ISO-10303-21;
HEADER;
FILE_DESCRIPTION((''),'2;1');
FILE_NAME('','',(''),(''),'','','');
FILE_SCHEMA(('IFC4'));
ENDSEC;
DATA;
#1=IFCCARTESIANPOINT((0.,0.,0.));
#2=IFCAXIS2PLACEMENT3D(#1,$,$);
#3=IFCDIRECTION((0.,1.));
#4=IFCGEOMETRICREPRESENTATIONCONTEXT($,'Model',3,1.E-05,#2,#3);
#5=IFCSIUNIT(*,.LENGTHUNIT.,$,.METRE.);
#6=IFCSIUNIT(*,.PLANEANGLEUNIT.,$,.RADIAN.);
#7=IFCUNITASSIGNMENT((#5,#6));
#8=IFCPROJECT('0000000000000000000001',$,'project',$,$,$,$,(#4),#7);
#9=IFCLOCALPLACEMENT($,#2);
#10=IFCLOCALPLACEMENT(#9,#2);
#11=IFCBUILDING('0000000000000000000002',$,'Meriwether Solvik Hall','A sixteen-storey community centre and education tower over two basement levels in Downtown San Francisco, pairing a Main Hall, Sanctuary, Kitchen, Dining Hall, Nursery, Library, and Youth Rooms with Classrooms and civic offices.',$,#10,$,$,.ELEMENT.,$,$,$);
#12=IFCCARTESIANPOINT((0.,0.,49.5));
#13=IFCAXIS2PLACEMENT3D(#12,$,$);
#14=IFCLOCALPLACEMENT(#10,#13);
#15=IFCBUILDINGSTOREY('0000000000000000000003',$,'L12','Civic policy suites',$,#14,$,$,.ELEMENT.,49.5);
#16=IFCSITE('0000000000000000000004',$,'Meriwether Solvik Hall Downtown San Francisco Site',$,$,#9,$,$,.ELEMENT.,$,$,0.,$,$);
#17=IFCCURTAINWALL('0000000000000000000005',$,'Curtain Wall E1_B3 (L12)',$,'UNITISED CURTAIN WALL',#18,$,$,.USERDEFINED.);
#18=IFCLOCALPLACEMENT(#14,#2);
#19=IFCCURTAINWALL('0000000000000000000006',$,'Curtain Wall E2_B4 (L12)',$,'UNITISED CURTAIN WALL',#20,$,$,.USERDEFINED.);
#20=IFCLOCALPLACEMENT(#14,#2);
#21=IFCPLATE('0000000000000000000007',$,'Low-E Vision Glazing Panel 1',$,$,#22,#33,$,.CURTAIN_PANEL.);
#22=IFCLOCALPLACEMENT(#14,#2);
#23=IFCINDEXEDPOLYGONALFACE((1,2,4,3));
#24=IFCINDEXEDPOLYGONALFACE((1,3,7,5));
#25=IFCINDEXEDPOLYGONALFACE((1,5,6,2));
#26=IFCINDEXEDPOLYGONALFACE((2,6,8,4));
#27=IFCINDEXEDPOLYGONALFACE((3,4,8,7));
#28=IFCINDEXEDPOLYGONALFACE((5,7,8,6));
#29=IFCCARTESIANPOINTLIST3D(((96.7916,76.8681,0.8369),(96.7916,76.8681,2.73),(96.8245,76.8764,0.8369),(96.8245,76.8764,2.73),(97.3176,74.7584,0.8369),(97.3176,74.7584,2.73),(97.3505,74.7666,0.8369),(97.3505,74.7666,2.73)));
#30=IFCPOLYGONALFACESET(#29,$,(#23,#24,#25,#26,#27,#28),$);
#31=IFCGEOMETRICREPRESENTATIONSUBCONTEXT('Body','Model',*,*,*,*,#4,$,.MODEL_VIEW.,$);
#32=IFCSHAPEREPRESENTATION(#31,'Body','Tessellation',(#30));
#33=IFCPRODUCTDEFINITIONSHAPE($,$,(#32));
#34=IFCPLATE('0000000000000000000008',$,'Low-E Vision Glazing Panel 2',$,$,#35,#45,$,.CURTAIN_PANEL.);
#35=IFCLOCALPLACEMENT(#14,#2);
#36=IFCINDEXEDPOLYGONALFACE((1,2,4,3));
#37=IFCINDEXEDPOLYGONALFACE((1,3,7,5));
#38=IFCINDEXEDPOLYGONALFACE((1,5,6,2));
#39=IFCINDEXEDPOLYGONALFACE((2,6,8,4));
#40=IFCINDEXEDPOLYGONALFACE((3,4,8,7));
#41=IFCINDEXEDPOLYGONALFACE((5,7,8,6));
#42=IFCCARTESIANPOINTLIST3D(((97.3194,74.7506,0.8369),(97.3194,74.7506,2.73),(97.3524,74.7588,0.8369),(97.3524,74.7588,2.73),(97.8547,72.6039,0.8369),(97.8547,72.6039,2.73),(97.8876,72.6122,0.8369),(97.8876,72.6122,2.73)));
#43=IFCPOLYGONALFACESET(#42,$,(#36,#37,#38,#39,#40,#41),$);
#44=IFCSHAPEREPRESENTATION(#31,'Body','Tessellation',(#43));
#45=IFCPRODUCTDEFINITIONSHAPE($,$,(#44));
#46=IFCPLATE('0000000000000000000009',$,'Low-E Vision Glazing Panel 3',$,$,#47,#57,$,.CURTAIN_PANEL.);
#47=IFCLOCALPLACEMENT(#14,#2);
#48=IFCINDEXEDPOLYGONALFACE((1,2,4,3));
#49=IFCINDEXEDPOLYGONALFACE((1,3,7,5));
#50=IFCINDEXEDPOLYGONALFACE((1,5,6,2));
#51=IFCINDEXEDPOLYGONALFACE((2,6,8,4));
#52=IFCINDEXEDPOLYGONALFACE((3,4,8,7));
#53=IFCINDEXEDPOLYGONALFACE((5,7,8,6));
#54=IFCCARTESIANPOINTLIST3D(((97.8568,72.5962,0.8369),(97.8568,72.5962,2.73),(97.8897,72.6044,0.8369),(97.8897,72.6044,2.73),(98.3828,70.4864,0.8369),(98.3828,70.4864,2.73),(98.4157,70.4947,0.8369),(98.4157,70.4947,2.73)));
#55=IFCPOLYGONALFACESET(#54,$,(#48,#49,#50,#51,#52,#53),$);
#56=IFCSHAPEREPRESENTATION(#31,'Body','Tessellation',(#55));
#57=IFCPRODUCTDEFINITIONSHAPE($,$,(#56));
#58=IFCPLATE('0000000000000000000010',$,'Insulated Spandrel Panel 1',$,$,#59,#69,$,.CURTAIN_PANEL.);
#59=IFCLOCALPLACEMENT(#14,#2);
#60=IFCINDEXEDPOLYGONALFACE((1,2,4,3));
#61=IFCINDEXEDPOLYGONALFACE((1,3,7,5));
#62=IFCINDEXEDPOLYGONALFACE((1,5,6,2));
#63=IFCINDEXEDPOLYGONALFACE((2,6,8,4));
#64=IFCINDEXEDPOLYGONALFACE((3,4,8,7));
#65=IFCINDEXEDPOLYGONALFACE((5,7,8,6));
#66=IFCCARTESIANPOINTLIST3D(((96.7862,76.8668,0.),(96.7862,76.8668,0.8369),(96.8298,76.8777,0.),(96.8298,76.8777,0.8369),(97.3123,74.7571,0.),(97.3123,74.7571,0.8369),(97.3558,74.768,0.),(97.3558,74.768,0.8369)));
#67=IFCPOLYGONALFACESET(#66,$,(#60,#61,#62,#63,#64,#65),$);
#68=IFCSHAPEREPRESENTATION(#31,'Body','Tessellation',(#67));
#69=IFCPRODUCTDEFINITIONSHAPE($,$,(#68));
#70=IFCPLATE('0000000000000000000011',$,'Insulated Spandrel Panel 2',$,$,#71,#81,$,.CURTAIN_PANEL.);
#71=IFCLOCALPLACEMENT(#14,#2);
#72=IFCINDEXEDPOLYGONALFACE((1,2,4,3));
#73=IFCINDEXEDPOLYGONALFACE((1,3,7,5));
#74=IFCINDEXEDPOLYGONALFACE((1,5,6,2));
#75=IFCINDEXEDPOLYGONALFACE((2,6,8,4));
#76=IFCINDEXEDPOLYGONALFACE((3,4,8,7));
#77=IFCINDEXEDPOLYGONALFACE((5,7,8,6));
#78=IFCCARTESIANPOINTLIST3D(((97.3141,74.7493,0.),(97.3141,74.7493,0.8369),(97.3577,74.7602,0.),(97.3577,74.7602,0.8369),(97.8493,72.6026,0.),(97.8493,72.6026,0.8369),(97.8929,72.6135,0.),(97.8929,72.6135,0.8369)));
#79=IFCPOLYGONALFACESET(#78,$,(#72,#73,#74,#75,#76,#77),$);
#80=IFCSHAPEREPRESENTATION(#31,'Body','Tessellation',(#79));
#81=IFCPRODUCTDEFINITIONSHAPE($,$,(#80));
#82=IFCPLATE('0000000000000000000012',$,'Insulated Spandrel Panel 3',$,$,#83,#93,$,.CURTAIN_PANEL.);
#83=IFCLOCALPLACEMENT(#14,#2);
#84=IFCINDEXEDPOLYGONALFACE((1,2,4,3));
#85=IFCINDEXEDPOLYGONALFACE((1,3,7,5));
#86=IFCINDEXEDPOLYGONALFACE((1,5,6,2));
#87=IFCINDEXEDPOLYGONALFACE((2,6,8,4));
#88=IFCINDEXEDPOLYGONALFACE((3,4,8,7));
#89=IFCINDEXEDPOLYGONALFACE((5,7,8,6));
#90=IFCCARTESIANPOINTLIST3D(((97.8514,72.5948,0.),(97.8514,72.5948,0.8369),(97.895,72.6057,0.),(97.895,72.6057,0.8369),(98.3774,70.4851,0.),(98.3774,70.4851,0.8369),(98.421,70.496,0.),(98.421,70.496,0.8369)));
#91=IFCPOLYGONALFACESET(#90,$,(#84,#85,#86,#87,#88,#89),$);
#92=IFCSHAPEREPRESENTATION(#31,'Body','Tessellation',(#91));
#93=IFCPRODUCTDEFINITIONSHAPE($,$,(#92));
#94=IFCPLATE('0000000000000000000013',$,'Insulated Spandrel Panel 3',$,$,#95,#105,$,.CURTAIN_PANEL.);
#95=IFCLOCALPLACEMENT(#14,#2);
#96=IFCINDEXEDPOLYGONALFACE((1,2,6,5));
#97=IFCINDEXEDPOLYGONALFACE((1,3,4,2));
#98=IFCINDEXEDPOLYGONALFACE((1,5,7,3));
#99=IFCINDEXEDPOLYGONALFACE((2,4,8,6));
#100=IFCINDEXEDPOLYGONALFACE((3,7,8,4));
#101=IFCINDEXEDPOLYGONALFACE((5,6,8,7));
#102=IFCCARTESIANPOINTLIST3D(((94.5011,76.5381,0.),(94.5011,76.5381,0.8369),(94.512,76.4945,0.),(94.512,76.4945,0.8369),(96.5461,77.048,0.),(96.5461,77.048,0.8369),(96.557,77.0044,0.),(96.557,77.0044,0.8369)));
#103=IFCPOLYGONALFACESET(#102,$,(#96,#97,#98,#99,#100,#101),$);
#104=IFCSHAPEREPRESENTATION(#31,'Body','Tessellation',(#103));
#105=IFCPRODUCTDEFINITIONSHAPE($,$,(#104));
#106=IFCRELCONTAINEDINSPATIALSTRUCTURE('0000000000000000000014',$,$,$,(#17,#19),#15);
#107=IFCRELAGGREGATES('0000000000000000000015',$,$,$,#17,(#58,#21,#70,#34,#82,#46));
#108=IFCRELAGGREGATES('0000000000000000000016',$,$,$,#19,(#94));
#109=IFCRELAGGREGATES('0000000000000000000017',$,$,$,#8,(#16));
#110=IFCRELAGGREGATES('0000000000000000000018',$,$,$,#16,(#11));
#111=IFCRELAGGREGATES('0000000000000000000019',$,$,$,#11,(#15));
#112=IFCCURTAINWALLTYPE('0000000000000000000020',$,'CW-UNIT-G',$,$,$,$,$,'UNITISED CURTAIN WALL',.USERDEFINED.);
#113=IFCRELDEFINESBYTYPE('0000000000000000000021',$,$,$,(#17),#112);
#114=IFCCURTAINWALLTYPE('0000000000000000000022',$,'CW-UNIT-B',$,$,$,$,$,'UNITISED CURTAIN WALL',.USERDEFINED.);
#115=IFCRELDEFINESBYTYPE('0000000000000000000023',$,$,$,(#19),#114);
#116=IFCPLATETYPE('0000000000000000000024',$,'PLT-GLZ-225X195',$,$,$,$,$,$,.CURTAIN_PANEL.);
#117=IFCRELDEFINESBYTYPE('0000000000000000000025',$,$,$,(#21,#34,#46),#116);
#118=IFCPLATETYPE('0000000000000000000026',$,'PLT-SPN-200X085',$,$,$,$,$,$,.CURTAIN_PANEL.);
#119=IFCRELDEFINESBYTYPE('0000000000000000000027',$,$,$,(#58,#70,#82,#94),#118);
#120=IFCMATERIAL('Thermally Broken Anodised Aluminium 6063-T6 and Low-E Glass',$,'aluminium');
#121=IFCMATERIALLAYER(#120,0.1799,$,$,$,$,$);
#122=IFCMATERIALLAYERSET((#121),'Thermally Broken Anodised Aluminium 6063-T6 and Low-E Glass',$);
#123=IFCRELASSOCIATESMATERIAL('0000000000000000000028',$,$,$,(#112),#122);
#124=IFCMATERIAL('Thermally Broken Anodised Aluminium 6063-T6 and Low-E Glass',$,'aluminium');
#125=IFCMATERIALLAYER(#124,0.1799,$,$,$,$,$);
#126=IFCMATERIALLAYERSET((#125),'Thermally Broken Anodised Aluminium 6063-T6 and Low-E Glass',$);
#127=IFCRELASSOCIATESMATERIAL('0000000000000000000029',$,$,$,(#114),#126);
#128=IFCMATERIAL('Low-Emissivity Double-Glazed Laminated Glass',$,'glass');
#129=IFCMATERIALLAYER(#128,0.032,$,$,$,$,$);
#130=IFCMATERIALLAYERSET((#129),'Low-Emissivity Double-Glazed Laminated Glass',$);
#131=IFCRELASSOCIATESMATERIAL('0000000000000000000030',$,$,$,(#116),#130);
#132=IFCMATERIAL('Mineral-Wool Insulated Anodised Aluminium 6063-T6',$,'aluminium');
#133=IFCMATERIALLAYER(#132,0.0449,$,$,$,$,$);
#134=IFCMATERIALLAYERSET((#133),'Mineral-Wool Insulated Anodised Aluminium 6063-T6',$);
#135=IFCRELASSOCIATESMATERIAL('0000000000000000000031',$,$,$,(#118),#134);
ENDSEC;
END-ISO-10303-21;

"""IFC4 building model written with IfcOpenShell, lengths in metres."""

from ifc_helpers import new_model, si_unit, direction, frame, origin, origin_2d, place, context, subcontext, project, spatial, rectangle, extrude, material, layer, layer_set, type_object, element, aggregate, save


model = new_model("IFC4")

# Units and contexts
model_context = context("Model", 3, precision=1e-05, world=origin(), true_north=direction((0.0, 1.0)))
body_context = subcontext(model_context, "Body", "Model", "MODEL_VIEW")
ifc_project = project(units=[si_unit("LENGTHUNIT", "METRE"), si_unit("PLANEANGLEUNIT", "RADIAN")], contexts=[model_context])

# Site, building, storey
site_placement = place(None, origin())
site = spatial("IfcSite", under=ifc_project, at=site_placement, Name="Meriwether Solvik Hall Downtown San Francisco Site", CompositionType="ELEMENT", RefElevation=0.0)
building_placement = place(site_placement, origin())
building = spatial("IfcBuilding", under=site, at=building_placement, Name="Meriwether Solvik Hall", Description="A sixteen-storey community centre and education tower over two basement levels in Downtown San Francisco, pairing a Main Hall, Sanctuary, Kitchen, Dining Hall, Nursery, Library, and Youth Rooms with Classrooms and civic offices.", CompositionType="ELEMENT")
storey_placement = place(building_placement, frame((0.0, 0.0, 49.5)))
storey = spatial("IfcBuildingStorey", under=building, at=storey_placement, Name="L12", Description="Civic policy suites", CompositionType="ELEMENT", Elevation=49.5)

# Curtain walls
ifc_material_1 = material(Name="Thermally Broken Anodised Aluminium 6063-T6 and Low-E Glass", Category="aluminium")
ifc_layer_1 = layer(ifc_material_1, 0.1799)
ifc_layer_set_1 = layer_set([ifc_layer_1], Name="Thermally Broken Anodised Aluminium 6063-T6 and Low-E Glass")
curtain_wall_type_1 = type_object("IfcCurtainWallType", Name="CW-UNIT-G", ElementType="UNITISED CURTAIN WALL", PredefinedType="USERDEFINED", material=ifc_layer_set_1)
curtain_wall_1_placement = place(storey_placement, origin())
curtain_wall_1 = element("IfcCurtainWall", 1, at=curtain_wall_1_placement, inside=storey, type_object=curtain_wall_type_1, Name="Curtain Wall E1_B3 (L12)", ObjectType="UNITISED CURTAIN WALL", PredefinedType="USERDEFINED")
ifc_material_2 = material(Name="Thermally Broken Anodised Aluminium 6063-T6 and Low-E Glass", Category="aluminium")
ifc_layer_2 = layer(ifc_material_2, 0.1799)
ifc_layer_set_2 = layer_set([ifc_layer_2], Name="Thermally Broken Anodised Aluminium 6063-T6 and Low-E Glass")
curtain_wall_type_2 = type_object("IfcCurtainWallType", Name="CW-UNIT-B", ElementType="UNITISED CURTAIN WALL", PredefinedType="USERDEFINED", material=ifc_layer_set_2)
curtain_wall_2_placement = place(storey_placement, origin())
curtain_wall_2 = element("IfcCurtainWall", 2, at=curtain_wall_2_placement, inside=storey, type_object=curtain_wall_type_2, Name="Curtain Wall E2_B4 (L12)", ObjectType="UNITISED CURTAIN WALL", PredefinedType="USERDEFINED")

# Plates
ifc_material_3 = material(Name="Low-Emissivity Double-Glazed Laminated Glass", Category="glass")
ifc_layer_3 = layer(ifc_material_3, 0.032)
ifc_layer_set_3 = layer_set([ifc_layer_3], Name="Low-Emissivity Double-Glazed Laminated Glass")
plate_type_1 = type_object("IfcPlateType", Name="PLT-GLZ-225X195", PredefinedType="CURTAIN_PANEL", material=ifc_layer_set_3)
plate_1_placement = place(storey_placement, frame((97.071, 75.8174, 0.8369), z_axis=(0.0, 0.0, 1.0), x_axis=(0.241922, -0.970296, 0.0)))
plate_1 = element("IfcPlate", 3, at=plate_1_placement, type_object=plate_type_1, Name="Low-E Vision Glazing Panel 1", PredefinedType="CURTAIN_PANEL", context=body_context, shape_type="SweptSolid", body=[
    extrude(rectangle(XDim=2.1743, YDim=0.0339, at=origin_2d()), origin(), (0.0, 0.0, 1.0), 1.8931),
])
plate_2_placement = place(storey_placement, frame((97.6035, 73.6814, 0.8369), z_axis=(0.0, 0.0, 1.0), x_axis=(0.241922, -0.970296, 0.0)))
plate_2 = element("IfcPlate", 4, at=plate_2_placement, type_object=plate_type_1, Name="Low-E Vision Glazing Panel 2", PredefinedType="CURTAIN_PANEL", context=body_context, shape_type="SweptSolid", body=[
    extrude(rectangle(XDim=2.2124, YDim=0.0339, at=origin_2d()), origin(), (0.0, 0.0, 1.0), 1.8931),
])
plate_3_placement = place(storey_placement, frame((98.1362, 71.5454, 0.8369), z_axis=(0.0, 0.0, 1.0), x_axis=(0.241922, -0.970296, 0.0)))
plate_3 = element("IfcPlate", 5, at=plate_3_placement, type_object=plate_type_1, Name="Low-E Vision Glazing Panel 3", PredefinedType="CURTAIN_PANEL", context=body_context, shape_type="SweptSolid", body=[
    extrude(rectangle(XDim=2.1743, YDim=0.0339, at=origin_2d()), origin(), (0.0, 0.0, 1.0), 1.8931),
])
ifc_material_4 = material(Name="Mineral-Wool Insulated Anodised Aluminium 6063-T6", Category="aluminium")
ifc_layer_4 = layer(ifc_material_4, 0.0449)
ifc_layer_set_4 = layer_set([ifc_layer_4], Name="Mineral-Wool Insulated Anodised Aluminium 6063-T6")
plate_type_2 = type_object("IfcPlateType", Name="PLT-SPN-200X085", PredefinedType="CURTAIN_PANEL", material=ifc_layer_set_4)
plate_4_placement = place(storey_placement, frame((97.071, 75.8174, 0.0), z_axis=(0.0, 0.0, 1.0), x_axis=(0.241922, -0.970296, 0.0)))
plate_4 = element("IfcPlate", 6, at=plate_4_placement, type_object=plate_type_2, Name="Insulated Spandrel Panel 1", PredefinedType="CURTAIN_PANEL", context=body_context, shape_type="SweptSolid", body=[
    extrude(rectangle(XDim=2.1743, YDim=0.0449, at=origin_2d()), origin(), (0.0, 0.0, 1.0), 0.8369),
])
plate_5_placement = place(storey_placement, frame((97.6035, 73.6814, 0.0), z_axis=(0.0, 0.0, 1.0), x_axis=(0.241922, -0.970296, 0.0)))
plate_5 = element("IfcPlate", 7, at=plate_5_placement, type_object=plate_type_2, Name="Insulated Spandrel Panel 2", PredefinedType="CURTAIN_PANEL", context=body_context, shape_type="SweptSolid", body=[
    extrude(rectangle(XDim=2.2124, YDim=0.0449, at=origin_2d()), origin(), (0.0, 0.0, 1.0), 0.8369),
])
plate_6_placement = place(storey_placement, frame((98.1362, 71.5454, 0.0), z_axis=(0.0, 0.0, 1.0), x_axis=(0.241922, -0.970296, 0.0)))
plate_6 = element("IfcPlate", 8, at=plate_6_placement, type_object=plate_type_2, Name="Insulated Spandrel Panel 3", PredefinedType="CURTAIN_PANEL", context=body_context, shape_type="SweptSolid", body=[
    extrude(rectangle(XDim=2.1743, YDim=0.0449, at=origin_2d()), origin(), (0.0, 0.0, 1.0), 0.8369),
])
aggregate(curtain_wall_1, [plate_4, plate_1, plate_5, plate_2, plate_6, plate_3])
plate_7_placement = place(storey_placement, frame((95.5291, 76.7712, 0.0), z_axis=(0.0, 0.0, 1.0), x_axis=(0.970296, 0.241922, 0.0)))
plate_7 = element("IfcPlate", 9, at=plate_7_placement, type_object=plate_type_2, Name="Insulated Spandrel Panel 3", PredefinedType="CURTAIN_PANEL", context=body_context, shape_type="SweptSolid", body=[
    extrude(rectangle(XDim=2.1077, YDim=0.0449, at=origin_2d()), origin(), (0.0, 0.0, 1.0), 0.8369),
])
aggregate(curtain_wall_2, [plate_7])

save(model, "model.ifc")
